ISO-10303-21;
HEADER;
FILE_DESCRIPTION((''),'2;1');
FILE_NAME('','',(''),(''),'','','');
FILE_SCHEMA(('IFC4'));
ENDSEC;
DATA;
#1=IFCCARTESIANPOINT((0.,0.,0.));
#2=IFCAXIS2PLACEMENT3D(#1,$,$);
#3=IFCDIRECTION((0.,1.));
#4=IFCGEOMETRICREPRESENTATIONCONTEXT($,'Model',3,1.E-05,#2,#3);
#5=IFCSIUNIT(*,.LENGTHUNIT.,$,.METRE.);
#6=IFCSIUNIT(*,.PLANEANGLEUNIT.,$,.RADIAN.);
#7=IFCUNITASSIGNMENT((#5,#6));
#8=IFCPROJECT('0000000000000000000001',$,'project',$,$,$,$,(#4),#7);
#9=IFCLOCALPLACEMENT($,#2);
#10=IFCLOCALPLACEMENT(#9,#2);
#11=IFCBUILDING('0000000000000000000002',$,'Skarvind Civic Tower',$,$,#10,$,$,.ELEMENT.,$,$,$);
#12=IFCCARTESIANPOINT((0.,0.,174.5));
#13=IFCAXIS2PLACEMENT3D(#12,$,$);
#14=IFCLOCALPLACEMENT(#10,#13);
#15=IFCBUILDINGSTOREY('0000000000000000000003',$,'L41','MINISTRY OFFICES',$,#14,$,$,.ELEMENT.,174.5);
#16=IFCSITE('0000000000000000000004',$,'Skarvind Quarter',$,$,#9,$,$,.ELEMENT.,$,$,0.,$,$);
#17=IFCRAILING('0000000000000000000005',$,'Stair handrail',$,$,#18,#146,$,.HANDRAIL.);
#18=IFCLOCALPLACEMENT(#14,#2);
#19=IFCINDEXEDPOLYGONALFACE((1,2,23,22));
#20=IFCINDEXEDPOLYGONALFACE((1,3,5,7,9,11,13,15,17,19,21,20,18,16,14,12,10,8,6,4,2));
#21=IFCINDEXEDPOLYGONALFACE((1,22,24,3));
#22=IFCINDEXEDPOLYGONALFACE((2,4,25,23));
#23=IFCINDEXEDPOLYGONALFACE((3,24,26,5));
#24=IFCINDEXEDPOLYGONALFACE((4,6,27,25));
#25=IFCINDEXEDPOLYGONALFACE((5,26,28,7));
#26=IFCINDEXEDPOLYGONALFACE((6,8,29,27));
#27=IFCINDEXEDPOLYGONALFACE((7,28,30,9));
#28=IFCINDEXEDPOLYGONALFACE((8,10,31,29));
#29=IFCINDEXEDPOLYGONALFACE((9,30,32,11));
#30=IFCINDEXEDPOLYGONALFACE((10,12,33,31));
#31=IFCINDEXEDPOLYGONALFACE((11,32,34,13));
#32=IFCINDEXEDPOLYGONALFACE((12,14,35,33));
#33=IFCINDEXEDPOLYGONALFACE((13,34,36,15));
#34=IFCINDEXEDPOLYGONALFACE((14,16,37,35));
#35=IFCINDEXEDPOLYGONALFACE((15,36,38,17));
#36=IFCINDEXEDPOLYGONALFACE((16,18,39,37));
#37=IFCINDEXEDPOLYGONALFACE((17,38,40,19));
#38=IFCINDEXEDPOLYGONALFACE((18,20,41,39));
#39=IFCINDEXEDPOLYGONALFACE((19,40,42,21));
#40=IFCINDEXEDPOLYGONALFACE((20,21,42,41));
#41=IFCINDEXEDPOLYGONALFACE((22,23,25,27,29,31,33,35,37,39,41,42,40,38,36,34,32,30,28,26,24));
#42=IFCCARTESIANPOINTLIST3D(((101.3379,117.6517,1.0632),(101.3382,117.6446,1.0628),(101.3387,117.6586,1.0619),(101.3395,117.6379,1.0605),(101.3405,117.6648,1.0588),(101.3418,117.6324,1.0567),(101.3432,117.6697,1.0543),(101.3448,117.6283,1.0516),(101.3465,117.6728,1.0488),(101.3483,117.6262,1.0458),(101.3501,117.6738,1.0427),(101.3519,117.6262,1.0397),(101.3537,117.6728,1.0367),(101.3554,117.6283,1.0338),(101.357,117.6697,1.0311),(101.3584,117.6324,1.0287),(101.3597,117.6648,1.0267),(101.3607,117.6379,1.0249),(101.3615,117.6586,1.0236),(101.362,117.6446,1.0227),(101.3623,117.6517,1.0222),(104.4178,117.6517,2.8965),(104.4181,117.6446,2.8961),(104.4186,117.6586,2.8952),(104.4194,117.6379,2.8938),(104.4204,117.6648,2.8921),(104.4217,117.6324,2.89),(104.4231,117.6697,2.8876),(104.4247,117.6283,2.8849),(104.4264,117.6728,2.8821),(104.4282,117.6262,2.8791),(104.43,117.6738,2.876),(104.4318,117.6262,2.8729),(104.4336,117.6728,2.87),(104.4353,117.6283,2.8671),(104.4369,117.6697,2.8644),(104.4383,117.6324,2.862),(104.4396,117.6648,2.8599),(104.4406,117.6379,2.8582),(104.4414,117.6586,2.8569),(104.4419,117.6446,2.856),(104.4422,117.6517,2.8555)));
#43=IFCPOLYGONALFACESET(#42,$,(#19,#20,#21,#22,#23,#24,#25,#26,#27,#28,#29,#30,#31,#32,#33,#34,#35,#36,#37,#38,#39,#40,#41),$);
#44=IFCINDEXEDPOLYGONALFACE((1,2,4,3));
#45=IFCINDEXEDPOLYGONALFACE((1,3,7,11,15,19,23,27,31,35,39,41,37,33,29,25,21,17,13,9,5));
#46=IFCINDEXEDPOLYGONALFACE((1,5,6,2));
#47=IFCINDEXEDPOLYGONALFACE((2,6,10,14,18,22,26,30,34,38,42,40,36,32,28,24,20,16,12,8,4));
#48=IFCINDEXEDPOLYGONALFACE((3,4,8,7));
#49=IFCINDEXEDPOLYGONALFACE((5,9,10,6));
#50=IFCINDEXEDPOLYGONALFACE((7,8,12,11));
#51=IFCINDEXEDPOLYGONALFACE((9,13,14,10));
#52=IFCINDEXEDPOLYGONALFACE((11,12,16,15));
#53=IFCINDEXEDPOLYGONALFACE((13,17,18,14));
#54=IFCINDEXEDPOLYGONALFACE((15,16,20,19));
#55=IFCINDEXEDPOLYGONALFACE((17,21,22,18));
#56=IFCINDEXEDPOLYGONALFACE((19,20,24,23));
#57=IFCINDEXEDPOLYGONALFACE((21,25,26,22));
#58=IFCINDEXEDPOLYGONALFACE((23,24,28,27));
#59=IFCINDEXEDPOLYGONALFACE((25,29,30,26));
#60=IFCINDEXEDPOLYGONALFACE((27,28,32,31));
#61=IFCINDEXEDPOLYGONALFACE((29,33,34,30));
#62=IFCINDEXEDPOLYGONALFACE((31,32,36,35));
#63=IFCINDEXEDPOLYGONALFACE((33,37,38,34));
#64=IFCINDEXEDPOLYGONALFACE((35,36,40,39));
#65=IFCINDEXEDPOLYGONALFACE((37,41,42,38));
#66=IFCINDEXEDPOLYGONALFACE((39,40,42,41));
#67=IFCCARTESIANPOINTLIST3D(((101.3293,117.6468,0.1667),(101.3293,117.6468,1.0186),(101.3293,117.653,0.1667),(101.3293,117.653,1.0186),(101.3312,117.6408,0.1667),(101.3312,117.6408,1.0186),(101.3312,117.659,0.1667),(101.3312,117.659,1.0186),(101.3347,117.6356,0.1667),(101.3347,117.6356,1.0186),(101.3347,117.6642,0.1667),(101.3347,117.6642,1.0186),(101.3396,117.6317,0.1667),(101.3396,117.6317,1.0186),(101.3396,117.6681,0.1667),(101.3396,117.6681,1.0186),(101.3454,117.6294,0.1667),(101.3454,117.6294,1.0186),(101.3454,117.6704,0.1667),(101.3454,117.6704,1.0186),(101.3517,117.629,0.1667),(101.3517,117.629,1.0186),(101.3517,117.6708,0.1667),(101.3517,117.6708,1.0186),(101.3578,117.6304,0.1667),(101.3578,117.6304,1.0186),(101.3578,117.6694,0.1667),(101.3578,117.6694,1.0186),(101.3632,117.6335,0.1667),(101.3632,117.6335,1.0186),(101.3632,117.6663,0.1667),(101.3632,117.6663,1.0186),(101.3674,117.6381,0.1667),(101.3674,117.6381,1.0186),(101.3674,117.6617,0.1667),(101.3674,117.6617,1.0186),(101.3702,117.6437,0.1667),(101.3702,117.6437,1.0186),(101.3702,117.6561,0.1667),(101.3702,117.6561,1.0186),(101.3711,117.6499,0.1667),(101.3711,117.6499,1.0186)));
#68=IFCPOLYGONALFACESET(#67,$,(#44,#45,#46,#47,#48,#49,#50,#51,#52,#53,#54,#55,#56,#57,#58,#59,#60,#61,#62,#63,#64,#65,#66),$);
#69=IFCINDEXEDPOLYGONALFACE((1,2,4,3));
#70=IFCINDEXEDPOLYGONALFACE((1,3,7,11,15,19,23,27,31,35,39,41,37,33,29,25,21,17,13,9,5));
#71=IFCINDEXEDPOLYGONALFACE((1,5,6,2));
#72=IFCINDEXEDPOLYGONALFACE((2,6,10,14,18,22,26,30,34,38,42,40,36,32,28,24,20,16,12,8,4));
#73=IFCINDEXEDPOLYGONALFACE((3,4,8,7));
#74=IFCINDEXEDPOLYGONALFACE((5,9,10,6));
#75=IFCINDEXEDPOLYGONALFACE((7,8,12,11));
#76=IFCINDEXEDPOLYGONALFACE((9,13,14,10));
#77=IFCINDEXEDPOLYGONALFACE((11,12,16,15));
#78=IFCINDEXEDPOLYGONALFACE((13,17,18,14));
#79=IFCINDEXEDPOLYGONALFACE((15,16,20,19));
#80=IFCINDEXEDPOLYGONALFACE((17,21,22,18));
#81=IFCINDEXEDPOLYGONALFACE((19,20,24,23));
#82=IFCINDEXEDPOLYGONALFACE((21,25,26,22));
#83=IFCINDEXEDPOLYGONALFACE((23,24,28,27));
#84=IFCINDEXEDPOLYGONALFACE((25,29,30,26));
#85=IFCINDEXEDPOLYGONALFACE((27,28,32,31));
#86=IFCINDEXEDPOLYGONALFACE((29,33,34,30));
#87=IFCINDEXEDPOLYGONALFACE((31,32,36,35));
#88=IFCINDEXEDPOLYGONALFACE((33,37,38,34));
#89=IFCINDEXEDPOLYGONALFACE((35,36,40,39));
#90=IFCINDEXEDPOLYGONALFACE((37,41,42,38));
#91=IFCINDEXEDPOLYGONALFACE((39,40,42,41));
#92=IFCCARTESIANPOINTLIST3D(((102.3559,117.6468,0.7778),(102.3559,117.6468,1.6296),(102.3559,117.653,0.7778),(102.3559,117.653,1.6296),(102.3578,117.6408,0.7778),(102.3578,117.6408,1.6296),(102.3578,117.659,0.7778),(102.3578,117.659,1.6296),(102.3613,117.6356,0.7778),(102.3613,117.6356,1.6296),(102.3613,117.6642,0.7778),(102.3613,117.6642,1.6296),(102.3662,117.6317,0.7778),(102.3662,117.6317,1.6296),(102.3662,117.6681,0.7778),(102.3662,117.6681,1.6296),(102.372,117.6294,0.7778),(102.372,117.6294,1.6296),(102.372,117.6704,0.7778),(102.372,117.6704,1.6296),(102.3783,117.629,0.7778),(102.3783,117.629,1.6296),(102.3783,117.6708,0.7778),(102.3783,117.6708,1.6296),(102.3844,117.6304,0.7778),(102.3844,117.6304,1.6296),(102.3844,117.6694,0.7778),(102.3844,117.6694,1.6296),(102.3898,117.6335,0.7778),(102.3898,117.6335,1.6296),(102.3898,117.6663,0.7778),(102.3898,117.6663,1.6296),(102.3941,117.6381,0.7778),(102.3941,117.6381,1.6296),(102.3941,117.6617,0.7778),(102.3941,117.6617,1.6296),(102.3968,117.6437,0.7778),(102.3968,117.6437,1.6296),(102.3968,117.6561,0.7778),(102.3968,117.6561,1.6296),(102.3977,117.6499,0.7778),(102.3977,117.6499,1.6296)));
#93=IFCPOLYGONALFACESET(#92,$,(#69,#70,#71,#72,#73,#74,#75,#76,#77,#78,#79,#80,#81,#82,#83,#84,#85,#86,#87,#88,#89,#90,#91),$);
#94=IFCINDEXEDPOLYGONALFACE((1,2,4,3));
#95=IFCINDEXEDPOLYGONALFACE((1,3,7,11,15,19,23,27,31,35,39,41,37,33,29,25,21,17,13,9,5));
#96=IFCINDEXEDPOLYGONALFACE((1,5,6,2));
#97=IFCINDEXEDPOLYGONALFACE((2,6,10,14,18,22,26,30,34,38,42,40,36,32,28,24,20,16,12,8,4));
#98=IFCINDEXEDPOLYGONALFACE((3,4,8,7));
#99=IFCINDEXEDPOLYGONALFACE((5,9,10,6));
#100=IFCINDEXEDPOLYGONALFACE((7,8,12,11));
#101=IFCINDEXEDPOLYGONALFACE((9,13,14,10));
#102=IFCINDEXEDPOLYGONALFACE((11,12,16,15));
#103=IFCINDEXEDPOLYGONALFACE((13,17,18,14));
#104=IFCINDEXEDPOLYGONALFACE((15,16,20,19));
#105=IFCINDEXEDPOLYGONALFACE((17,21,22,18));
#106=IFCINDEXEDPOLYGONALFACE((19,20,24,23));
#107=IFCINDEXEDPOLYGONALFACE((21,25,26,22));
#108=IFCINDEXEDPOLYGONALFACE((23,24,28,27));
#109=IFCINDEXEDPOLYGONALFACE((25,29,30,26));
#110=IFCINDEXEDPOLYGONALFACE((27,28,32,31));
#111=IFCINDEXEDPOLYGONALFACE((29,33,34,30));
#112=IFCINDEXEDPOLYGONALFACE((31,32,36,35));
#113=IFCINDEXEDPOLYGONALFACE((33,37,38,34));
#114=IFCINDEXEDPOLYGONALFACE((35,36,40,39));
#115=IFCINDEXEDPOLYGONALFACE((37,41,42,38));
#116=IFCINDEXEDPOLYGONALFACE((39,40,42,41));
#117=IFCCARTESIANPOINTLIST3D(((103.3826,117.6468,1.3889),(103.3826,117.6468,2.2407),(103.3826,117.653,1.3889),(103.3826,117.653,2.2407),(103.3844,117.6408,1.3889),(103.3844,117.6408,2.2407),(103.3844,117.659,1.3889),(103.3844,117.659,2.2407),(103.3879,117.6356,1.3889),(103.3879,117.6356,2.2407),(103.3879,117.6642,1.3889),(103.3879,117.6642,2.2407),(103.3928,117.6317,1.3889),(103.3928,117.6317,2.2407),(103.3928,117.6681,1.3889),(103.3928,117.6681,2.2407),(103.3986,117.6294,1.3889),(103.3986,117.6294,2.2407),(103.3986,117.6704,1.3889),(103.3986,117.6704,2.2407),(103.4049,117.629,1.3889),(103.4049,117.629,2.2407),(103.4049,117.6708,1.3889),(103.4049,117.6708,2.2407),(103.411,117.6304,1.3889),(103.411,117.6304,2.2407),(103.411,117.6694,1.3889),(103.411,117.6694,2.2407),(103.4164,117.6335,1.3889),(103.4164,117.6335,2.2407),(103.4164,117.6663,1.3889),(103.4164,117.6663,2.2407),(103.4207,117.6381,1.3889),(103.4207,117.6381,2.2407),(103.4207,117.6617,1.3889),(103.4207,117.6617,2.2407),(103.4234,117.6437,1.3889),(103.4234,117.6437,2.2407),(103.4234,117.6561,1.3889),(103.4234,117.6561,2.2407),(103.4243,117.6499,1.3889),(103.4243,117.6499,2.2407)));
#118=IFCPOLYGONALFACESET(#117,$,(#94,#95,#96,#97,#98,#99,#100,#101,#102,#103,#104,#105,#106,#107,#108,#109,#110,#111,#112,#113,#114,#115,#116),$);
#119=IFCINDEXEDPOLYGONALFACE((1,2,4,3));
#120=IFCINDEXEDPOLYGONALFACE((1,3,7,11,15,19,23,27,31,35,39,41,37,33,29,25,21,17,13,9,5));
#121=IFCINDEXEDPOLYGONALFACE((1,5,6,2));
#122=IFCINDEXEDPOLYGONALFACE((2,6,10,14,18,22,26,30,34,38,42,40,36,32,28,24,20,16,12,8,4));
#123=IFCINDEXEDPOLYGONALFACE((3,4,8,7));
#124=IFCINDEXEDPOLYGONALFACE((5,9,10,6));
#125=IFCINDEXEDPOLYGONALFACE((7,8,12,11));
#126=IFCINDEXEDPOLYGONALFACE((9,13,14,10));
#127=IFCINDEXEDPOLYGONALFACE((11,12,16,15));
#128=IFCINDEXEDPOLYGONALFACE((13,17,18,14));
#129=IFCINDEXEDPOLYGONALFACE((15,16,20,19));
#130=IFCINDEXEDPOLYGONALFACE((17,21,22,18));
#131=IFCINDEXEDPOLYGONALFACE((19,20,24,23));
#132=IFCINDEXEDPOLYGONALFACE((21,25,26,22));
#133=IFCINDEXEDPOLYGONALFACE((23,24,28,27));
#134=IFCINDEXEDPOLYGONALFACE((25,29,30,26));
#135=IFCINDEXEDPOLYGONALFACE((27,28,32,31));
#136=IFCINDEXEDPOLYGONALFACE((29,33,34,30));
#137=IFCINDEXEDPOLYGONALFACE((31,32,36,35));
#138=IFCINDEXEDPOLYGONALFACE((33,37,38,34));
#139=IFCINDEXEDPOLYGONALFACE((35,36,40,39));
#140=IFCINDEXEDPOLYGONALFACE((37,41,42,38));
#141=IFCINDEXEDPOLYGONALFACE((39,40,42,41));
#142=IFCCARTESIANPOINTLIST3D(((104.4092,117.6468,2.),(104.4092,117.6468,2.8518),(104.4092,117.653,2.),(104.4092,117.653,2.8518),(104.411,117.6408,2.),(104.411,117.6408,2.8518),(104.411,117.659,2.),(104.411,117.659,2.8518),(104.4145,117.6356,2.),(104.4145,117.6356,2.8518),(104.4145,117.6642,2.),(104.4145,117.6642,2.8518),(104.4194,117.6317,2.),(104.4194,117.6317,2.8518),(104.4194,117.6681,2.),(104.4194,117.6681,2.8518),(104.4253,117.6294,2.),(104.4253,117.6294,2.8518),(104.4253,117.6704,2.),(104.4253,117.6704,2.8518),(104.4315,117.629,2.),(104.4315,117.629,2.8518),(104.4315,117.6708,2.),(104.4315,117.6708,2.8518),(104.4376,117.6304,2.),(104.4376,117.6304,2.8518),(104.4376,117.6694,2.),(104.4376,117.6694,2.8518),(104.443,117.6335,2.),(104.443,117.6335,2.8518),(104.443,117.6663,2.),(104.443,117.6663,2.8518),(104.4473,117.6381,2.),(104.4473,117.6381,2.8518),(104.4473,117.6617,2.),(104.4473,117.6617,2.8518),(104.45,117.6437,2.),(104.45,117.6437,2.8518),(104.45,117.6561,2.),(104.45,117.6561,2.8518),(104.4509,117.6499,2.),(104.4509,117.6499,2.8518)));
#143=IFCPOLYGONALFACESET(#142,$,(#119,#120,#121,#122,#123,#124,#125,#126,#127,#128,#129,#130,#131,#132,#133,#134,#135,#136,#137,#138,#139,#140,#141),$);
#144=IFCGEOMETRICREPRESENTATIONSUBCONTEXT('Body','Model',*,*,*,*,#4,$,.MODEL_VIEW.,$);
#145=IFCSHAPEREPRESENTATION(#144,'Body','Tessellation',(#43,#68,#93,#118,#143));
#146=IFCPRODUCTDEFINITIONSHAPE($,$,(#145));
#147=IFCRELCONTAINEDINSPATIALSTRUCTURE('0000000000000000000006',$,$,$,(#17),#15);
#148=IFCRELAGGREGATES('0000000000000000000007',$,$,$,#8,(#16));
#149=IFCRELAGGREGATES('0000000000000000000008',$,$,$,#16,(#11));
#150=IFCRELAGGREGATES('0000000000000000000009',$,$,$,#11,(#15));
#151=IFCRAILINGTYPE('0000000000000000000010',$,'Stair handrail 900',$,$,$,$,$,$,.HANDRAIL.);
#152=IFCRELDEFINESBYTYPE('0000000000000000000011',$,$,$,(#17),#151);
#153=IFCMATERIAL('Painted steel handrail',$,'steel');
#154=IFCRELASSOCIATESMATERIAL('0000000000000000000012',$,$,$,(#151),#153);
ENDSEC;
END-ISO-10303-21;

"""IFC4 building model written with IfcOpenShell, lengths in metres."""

from ifc_helpers import new_model, si_unit, direction, frame, origin, origin_2d, place, context, subcontext, project, spatial, circle, extrude, material, type_object, element, save


model = new_model("IFC4")

# Units and contexts
model_context = context("Model", 3, precision=1e-05, world=origin(), true_north=direction((0.0, 1.0)))
body_context = subcontext(model_context, "Body", "Model", "MODEL_VIEW")
ifc_project = project(units=[si_unit("LENGTHUNIT", "METRE"), si_unit("PLANEANGLEUNIT", "RADIAN")], contexts=[model_context])

# Site, building, storey
site_placement = place(None, origin())
site = spatial("IfcSite", under=ifc_project, at=site_placement, Name="Skarvind Quarter", CompositionType="ELEMENT", RefElevation=0.0)
building_placement = place(site_placement, origin())
building = spatial("IfcBuilding", under=site, at=building_placement, Name="Skarvind Civic Tower", CompositionType="ELEMENT")
storey_placement = place(building_placement, frame((0.0, 0.0, 174.5)))
storey = spatial("IfcBuildingStorey", under=building, at=storey_placement, Name="L41", Description="MINISTRY OFFICES", CompositionType="ELEMENT", Elevation=174.5)

# Railing
ifc_material_1 = material(Name="Painted steel handrail", Category="steel")
railing_type = type_object("IfcRailingType", Name="Stair handrail 900", PredefinedType="HANDRAIL", material=ifc_material_1)
railing_1_placement = place(storey_placement, frame((101.3501, 117.6499, 0.1667)))
element("IfcRailing", 1, at=railing_1_placement, inside=storey, type_object=railing_type, Name="Stair handrail", PredefinedType="HANDRAIL", context=body_context, shape_type="SweptSolid", body=[
    extrude(circle(Radius=0.0239, at=origin_2d()), frame((0.0, 0.0, 0.876), z_axis=(0.859291, 0.0, 0.511487), x_axis=(0.0, 1.0, 0.0)), (0.0, 0.0, 1.0), 3.5842),
    extrude(circle(Radius=0.021, at=origin_2d()), origin(), (0.0, 0.0, 1.0), 0.8518),
    extrude(circle(Radius=0.021, at=origin_2d()), frame((1.0266, 0.0, 0.6111)), (0.0, 0.0, 1.0), 0.8518),
    extrude(circle(Radius=0.021, at=origin_2d()), frame((2.0532, 0.0, 1.2222)), (0.0, 0.0, 1.0), 0.8518),
    extrude(circle(Radius=0.021, at=origin_2d()), frame((3.0798, 0.0, 1.8333)), (0.0, 0.0, 1.0), 0.8518),
])

save(model, "model.ifc")
